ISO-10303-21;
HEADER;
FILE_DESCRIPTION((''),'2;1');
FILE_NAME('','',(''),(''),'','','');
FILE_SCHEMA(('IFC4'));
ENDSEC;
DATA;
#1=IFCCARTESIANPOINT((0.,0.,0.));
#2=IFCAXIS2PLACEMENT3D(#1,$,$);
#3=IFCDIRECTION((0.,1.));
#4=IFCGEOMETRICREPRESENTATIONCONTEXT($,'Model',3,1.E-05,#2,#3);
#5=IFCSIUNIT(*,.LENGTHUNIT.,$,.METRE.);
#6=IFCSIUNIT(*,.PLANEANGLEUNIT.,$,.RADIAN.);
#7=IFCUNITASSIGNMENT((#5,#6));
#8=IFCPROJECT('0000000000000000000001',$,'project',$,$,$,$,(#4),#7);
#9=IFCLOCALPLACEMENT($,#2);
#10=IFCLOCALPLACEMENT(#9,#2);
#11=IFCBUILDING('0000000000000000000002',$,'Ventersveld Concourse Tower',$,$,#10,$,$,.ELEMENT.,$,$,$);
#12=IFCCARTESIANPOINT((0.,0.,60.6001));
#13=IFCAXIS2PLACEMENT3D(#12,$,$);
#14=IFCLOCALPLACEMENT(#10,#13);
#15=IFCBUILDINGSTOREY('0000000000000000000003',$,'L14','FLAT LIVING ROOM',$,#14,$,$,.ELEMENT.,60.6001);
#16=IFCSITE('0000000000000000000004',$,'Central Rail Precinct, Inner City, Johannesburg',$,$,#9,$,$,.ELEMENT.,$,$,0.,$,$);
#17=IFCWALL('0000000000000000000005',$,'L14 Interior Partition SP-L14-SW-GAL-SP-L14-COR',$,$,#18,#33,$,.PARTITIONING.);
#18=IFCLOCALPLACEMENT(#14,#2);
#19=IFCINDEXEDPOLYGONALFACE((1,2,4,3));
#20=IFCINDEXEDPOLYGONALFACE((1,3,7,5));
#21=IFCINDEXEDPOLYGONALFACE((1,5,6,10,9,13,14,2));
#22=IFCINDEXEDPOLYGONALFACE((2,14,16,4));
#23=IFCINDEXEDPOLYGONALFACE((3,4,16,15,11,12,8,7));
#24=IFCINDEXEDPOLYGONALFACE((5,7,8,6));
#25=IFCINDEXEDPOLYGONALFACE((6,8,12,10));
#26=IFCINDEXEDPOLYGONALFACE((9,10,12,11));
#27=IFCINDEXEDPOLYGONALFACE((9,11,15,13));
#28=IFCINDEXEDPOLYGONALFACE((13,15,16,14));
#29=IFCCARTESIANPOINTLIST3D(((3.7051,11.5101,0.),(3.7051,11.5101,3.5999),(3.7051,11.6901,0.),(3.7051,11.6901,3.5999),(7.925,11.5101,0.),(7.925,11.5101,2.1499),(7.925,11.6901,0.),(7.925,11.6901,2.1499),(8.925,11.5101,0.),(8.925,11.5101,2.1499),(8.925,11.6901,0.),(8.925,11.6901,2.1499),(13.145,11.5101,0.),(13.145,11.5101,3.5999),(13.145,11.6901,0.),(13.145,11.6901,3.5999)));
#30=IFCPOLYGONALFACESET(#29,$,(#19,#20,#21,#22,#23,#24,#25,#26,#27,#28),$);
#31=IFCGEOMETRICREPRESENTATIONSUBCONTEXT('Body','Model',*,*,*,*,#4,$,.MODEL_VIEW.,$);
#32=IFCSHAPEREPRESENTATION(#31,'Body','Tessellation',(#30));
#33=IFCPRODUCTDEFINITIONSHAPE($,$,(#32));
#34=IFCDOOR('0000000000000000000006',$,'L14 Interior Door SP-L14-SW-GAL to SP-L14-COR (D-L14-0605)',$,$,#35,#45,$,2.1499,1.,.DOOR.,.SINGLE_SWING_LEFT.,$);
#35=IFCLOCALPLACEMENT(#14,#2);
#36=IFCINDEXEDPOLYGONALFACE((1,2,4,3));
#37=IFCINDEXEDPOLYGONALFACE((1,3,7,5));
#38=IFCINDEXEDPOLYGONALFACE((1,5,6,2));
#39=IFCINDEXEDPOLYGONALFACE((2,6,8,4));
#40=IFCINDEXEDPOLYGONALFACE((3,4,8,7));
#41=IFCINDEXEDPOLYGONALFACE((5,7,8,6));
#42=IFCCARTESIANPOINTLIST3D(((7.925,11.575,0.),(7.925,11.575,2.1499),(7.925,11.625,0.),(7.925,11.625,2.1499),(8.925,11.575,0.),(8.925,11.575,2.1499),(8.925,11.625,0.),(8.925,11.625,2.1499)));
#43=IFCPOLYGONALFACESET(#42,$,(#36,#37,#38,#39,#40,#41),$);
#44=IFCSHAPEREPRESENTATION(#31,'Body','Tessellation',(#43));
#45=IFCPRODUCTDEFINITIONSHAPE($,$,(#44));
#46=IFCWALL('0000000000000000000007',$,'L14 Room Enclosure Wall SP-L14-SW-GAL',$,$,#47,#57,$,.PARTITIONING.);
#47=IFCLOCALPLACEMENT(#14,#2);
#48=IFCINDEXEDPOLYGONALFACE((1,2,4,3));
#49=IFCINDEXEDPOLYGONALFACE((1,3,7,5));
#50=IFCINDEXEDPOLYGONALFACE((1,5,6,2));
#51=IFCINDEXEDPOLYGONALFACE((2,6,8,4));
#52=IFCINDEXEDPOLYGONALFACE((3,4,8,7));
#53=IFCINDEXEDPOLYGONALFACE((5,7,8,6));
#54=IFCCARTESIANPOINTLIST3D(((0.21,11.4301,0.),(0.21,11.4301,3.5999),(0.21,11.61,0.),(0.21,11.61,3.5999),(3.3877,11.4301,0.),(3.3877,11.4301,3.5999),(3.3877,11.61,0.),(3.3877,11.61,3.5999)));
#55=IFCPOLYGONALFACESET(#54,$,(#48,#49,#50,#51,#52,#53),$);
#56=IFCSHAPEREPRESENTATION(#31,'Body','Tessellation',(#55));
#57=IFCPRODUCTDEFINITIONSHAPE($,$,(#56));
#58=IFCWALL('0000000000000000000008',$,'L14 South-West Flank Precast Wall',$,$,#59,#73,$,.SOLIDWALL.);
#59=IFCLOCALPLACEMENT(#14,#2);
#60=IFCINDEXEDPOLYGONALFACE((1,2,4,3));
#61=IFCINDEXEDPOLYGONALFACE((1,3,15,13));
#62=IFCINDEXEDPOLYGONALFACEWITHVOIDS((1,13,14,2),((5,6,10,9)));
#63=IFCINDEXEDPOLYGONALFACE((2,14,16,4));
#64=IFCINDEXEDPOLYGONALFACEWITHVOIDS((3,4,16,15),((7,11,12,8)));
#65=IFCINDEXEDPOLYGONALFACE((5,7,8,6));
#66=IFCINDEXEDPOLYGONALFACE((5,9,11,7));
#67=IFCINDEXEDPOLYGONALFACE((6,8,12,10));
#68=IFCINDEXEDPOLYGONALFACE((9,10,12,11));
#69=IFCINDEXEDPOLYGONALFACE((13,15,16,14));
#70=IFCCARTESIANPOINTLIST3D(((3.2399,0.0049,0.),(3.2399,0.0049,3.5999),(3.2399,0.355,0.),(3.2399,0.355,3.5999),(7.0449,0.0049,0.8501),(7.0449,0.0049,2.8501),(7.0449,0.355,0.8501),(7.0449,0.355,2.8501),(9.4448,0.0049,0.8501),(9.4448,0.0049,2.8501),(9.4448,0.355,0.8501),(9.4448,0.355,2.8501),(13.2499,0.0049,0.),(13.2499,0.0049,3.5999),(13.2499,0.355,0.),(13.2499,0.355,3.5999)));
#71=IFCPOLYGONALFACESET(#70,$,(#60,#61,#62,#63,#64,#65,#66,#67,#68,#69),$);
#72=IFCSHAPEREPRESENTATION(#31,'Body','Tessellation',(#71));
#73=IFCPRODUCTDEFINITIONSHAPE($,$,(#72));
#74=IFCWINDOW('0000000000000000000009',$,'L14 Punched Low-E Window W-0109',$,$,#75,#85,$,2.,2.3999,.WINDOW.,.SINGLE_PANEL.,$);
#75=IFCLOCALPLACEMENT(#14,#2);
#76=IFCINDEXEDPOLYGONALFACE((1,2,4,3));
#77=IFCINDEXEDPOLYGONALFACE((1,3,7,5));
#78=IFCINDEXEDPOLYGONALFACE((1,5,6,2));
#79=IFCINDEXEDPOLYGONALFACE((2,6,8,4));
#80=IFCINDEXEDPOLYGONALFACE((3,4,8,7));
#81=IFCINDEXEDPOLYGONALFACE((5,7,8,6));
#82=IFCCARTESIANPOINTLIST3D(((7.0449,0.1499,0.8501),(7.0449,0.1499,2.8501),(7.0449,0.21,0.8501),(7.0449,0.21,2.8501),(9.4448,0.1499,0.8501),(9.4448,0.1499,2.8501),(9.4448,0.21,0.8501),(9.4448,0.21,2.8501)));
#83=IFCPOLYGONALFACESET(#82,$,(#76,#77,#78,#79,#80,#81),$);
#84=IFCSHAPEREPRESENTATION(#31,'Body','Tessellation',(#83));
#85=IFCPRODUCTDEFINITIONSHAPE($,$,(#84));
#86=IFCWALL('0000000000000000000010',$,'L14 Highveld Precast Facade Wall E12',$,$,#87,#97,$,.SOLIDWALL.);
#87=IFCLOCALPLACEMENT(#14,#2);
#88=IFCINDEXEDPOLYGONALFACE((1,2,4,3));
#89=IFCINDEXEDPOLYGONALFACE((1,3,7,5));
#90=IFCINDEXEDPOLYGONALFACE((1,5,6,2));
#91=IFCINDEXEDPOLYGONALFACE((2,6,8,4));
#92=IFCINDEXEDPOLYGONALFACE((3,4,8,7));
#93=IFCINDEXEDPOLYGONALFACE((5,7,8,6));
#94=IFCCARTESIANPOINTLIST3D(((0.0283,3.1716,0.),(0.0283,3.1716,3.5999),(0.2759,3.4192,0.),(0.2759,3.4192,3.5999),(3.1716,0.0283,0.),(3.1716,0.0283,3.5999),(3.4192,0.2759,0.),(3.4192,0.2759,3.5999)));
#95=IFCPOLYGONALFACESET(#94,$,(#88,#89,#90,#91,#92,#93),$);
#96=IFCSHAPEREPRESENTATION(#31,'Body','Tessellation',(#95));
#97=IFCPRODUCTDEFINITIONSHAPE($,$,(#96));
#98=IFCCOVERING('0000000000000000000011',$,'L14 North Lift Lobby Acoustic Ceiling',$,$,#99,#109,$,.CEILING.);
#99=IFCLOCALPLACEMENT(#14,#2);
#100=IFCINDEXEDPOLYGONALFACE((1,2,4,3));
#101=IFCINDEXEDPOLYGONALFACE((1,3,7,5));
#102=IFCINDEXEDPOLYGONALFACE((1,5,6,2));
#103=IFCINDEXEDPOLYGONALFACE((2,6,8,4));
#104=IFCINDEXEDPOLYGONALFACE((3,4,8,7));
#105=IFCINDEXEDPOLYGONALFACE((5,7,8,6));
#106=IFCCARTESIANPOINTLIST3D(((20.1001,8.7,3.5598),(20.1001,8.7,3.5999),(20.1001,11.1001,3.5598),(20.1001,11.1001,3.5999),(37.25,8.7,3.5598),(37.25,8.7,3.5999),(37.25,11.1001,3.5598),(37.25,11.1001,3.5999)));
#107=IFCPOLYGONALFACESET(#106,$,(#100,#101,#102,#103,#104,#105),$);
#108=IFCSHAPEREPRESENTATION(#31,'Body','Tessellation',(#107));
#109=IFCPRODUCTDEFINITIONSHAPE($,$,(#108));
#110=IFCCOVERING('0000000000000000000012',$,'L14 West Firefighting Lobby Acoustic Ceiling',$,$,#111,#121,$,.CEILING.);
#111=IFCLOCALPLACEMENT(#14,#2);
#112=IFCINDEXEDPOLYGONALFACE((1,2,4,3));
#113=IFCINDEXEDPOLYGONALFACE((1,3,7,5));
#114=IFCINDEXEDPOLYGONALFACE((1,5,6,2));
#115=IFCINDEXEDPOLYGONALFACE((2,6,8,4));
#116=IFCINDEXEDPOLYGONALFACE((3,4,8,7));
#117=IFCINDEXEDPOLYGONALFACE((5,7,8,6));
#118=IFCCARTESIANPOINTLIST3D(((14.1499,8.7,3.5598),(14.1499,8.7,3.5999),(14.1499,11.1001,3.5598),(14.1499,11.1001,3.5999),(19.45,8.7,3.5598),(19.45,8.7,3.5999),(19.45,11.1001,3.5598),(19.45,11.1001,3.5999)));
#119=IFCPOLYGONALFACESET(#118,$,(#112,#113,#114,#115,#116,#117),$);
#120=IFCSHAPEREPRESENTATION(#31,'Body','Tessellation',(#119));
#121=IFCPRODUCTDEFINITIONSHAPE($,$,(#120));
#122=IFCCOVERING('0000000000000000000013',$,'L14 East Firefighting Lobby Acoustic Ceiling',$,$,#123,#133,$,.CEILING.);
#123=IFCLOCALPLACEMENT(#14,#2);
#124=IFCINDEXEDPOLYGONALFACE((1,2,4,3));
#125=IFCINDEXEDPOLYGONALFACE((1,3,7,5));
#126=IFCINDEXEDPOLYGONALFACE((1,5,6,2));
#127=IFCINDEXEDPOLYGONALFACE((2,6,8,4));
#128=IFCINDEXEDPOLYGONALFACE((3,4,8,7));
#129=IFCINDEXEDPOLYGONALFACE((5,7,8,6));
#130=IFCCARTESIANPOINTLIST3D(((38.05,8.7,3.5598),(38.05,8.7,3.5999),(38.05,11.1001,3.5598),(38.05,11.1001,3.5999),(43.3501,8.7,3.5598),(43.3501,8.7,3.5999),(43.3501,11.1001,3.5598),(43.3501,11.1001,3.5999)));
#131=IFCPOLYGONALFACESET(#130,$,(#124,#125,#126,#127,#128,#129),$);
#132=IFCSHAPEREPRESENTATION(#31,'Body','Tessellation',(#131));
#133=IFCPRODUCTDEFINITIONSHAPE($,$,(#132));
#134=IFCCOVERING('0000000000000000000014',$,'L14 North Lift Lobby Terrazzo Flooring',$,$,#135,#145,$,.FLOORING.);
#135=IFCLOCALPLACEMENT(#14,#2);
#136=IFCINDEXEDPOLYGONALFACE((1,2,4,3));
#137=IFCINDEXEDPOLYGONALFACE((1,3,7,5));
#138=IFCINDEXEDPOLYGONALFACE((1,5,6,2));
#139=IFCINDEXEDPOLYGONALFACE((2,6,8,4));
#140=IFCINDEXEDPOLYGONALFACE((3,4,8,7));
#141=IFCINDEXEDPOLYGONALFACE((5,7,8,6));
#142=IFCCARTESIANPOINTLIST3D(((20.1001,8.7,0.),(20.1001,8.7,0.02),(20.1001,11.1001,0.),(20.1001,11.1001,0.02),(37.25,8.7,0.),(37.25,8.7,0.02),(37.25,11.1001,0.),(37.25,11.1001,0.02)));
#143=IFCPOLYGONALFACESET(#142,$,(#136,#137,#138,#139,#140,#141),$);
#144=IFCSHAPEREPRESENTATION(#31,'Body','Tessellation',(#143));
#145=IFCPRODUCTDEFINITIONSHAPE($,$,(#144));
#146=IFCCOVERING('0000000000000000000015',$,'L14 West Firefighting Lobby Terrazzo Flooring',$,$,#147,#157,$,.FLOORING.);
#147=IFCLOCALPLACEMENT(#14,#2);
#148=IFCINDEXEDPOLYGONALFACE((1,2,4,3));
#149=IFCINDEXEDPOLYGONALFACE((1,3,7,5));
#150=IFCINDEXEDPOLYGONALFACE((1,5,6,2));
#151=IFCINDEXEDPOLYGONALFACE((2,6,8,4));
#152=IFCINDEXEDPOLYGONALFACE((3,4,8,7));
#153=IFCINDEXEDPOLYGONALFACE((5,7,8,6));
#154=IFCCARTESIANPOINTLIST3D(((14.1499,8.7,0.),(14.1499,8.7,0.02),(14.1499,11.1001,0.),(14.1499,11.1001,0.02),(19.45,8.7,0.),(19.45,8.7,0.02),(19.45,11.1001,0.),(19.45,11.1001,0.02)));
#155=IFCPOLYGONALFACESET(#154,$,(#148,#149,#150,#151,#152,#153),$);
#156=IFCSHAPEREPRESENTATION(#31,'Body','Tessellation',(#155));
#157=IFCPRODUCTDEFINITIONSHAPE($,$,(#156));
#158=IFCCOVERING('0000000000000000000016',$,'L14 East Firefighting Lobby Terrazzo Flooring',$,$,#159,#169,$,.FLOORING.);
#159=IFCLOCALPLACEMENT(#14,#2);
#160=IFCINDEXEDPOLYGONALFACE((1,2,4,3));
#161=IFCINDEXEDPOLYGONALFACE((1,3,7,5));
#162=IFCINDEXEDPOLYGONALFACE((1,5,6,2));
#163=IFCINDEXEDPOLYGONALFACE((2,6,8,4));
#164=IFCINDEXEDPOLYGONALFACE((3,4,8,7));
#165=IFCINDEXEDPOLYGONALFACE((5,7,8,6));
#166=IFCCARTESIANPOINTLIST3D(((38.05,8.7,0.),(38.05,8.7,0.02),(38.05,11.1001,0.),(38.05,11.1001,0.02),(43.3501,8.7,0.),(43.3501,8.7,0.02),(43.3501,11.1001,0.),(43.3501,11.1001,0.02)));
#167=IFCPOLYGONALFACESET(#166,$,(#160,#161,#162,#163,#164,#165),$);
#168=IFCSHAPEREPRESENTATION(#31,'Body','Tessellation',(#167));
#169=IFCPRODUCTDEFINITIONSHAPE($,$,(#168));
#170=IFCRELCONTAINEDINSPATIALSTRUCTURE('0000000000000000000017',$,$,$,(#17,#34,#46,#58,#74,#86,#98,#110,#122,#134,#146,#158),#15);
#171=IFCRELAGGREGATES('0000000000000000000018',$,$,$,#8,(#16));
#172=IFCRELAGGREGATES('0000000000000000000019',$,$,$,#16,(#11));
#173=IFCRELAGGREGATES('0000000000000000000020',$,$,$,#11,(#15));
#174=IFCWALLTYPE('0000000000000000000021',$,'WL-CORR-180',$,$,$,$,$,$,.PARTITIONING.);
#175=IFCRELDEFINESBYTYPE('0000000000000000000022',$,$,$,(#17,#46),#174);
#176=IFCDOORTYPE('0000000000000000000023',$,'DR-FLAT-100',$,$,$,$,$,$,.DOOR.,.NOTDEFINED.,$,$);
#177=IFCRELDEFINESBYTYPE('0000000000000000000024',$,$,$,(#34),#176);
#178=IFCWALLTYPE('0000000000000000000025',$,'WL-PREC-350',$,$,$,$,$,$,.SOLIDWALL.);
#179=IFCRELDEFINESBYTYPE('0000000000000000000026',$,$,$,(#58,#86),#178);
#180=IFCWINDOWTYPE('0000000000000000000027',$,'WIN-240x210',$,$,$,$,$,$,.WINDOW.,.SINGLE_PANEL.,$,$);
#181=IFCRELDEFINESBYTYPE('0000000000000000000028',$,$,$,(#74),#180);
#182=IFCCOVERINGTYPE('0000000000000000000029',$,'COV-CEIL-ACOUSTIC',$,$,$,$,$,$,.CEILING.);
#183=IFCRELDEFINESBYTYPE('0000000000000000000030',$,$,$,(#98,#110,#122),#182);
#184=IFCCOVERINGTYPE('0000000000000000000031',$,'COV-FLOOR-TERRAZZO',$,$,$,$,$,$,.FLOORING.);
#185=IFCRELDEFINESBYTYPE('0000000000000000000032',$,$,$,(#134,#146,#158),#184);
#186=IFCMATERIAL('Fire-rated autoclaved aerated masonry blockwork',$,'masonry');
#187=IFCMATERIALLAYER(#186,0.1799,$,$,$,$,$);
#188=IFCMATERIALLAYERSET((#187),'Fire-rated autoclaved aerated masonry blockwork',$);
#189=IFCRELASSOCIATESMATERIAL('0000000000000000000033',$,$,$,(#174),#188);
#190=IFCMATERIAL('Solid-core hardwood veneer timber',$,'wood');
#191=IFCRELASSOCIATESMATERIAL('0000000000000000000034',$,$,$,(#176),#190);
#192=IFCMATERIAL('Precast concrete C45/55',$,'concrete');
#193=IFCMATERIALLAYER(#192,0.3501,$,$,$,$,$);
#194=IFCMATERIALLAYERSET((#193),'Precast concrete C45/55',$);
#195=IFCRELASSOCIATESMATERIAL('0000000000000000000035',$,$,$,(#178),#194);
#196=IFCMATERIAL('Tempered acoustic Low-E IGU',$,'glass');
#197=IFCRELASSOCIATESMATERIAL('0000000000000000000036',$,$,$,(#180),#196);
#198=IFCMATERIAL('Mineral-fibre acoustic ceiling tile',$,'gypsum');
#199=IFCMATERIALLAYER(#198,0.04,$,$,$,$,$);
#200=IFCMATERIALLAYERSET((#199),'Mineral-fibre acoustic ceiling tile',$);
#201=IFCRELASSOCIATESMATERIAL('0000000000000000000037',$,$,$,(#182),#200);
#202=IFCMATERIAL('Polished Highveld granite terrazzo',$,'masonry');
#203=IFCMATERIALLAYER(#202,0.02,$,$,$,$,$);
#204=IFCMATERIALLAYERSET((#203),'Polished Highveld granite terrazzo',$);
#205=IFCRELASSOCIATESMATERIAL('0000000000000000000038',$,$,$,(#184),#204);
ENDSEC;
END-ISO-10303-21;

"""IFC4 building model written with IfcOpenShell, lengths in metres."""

from ifc_helpers import new_model, si_unit, direction, frame, frame_2d, origin, place, context, subcontext, project, spatial, polyline, rectangle, outline, extrude, material, layer, layer_set, type_object, element, fill, save


model = new_model("IFC4")

# Units and contexts
model_context = context("Model", 3, precision=1e-05, world=origin(), true_north=direction((0.0, 1.0)))
body_context = subcontext(model_context, "Body", "Model", "MODEL_VIEW")
ifc_project = project(units=[si_unit("LENGTHUNIT", "METRE"), si_unit("PLANEANGLEUNIT", "RADIAN")], contexts=[model_context])

# Site, building, storey
site_placement = place(None, origin())
site = spatial("IfcSite", under=ifc_project, at=site_placement, Name="Central Rail Precinct, Inner City, Johannesburg", CompositionType="ELEMENT", RefElevation=0.0)
building_placement = place(site_placement, origin())
building = spatial("IfcBuilding", under=site, at=building_placement, Name="Ventersveld Concourse Tower", CompositionType="ELEMENT")
storey_placement = place(building_placement, frame((0.0, 0.0, 60.6001)))
storey = spatial("IfcBuildingStorey", under=building, at=storey_placement, Name="L14", Description="FLAT LIVING ROOM", CompositionType="ELEMENT", Elevation=60.6001)

# Wall, opening, door
ifc_material_1 = material(Name="Fire-rated autoclaved aerated masonry blockwork", Category="masonry")
ifc_layer_1 = layer(ifc_material_1, 0.1799)
ifc_layer_set_1 = layer_set([ifc_layer_1], Name="Fire-rated autoclaved aerated masonry blockwork")
wall_type_1 = type_object("IfcWallType", Name="WL-CORR-180", PredefinedType="PARTITIONING", material=ifc_layer_set_1)
wall_1_placement = place(storey_placement, frame((3.7051, 11.6001, 0.0), z_axis=(0.0, 0.0, 1.0), x_axis=(1.0, 0.0, 0.0)))
wall_1 = element("IfcWall", 1, at=wall_1_placement, inside=storey, type_object=wall_type_1, Name="L14 Interior Partition SP-L14-SW-GAL-SP-L14-COR", PredefinedType="PARTITIONING", context=body_context, shape_type="SweptSolid", body=[
    extrude(rectangle(XDim=9.4399, YDim=0.1799, at=frame_2d((4.72, 0.0))), origin(), (0.0, 0.0, 1.0), 3.5999),
])
opening_1_placement = place(wall_1_placement, frame((4.22, 0.0, 0.0)))
opening_1 = element("IfcOpeningElement", 2, at=opening_1_placement, cuts=wall_1, PredefinedType="OPENING", context=body_context, shape_type="SweptSolid", body=[
    extrude(rectangle(XDim=1.0, YDim=2.1499, at=frame_2d((0.5, 1.075))), frame((0.0, 0.1001, 0.0), z_axis=(0.0, -1.0, 0.0), x_axis=(1.0, 0.0, 0.0)), (0.0, 0.0, 1.0), 0.2),
])
ifc_material_2 = material(Name="Solid-core hardwood veneer timber", Category="wood")
door_type = type_object("IfcDoorType", Name="DR-FLAT-100", OperationType="NOTDEFINED", PredefinedType="DOOR", material=ifc_material_2)
door_placement = place(opening_1_placement, origin())
door = element("IfcDoor", 3, at=door_placement, inside=storey, type_object=door_type, Name="L14 Interior Door SP-L14-SW-GAL to SP-L14-COR (D-L14-0605)", OperationType="SINGLE_SWING_LEFT", OverallHeight=2.1499, OverallWidth=1.0, PredefinedType="DOOR", context=body_context, shape_type="SweptSolid", body=[
    extrude(rectangle(XDim=1.0, YDim=2.1499, at=frame_2d((0.5, 1.075))), frame((0.0, 0.0249, 0.0), z_axis=(0.0, -1.0, 0.0), x_axis=(1.0, 0.0, 0.0)), (0.0, 0.0, 1.0), 0.05),
])
fill(opening_1, door)

# Wall
wall_2_placement = place(storey_placement, frame((0.21, 11.52, 0.0), z_axis=(0.0, 0.0, 1.0), x_axis=(1.0, 0.0, 0.0)))
element("IfcWall", 4, at=wall_2_placement, inside=storey, type_object=wall_type_1, Name="L14 Room Enclosure Wall SP-L14-SW-GAL", PredefinedType="PARTITIONING", context=body_context, shape_type="SweptSolid", body=[
    extrude(rectangle(XDim=3.1777, YDim=0.1799, at=frame_2d((1.5889, 0.0))), origin(), (0.0, 0.0, 1.0), 3.5999),
])

# Wall, opening, window
ifc_material_3 = material(Name="Precast concrete C45/55", Category="concrete")
ifc_layer_2 = layer(ifc_material_3, 0.3501)
ifc_layer_set_2 = layer_set([ifc_layer_2], Name="Precast concrete C45/55")
wall_type_2 = type_object("IfcWallType", Name="WL-PREC-350", PredefinedType="SOLIDWALL", material=ifc_layer_set_2)
wall_3_placement = place(storey_placement, frame((3.24, 0.1799, 0.0), z_axis=(0.0, 0.0, 1.0), x_axis=(1.0, 0.0, 0.0)))
wall_3 = element("IfcWall", 5, at=wall_3_placement, inside=storey, type_object=wall_type_2, Name="L14 South-West Flank Precast Wall", PredefinedType="SOLIDWALL", context=body_context, shape_type="SweptSolid", body=[
    extrude(rectangle(XDim=10.01, YDim=0.3501, at=frame_2d((5.0049, 0.0))), origin(), (0.0, 0.0, 1.0), 3.5999),
])
opening_2_placement = place(wall_3_placement, frame((3.8049, 0.0, 0.8501)))
opening_2 = element("IfcOpeningElement", 6, at=opening_2_placement, cuts=wall_3, PredefinedType="OPENING", context=body_context, shape_type="SweptSolid", body=[
    extrude(rectangle(XDim=2.3999, YDim=2.0, at=frame_2d((1.2, 1.0))), frame((0.0, 0.1851, 0.0), z_axis=(0.0, -1.0, 0.0), x_axis=(1.0, 0.0, 0.0)), (0.0, 0.0, 1.0), 0.3701),
])
ifc_material_4 = material(Name="Tempered acoustic Low-E IGU", Category="glass")
window_type = type_object("IfcWindowType", Name="WIN-240x210", PartitioningType="SINGLE_PANEL", PredefinedType="WINDOW", material=ifc_material_4)
window_placement = place(opening_2_placement, origin())
window = element("IfcWindow", 7, at=window_placement, inside=storey, type_object=window_type, Name="L14 Punched Low-E Window W-0109", OverallHeight=2.0, OverallWidth=2.3999, PartitioningType="SINGLE_PANEL", PredefinedType="WINDOW", context=body_context, shape_type="SweptSolid", body=[
    extrude(rectangle(XDim=2.3999, YDim=2.0, at=frame_2d((1.2, 1.0))), frame((0.0, 0.03, 0.0), z_axis=(0.0, -1.0, 0.0), x_axis=(1.0, 0.0, 0.0)), (0.0, 0.0, 1.0), 0.0601),
])
fill(opening_2, window)

# Wall
wall_4_placement = place(storey_placement, frame((0.1521, 3.2954, 0.0), z_axis=(0.0, 0.0, 1.0), x_axis=(0.707107, -0.707107, 0.0)))
element("IfcWall", 8, at=wall_4_placement, inside=storey, type_object=wall_type_2, Name="L14 Highveld Precast Facade Wall E12", PredefinedType="SOLIDWALL", context=body_context, shape_type="SweptSolid", body=[
    extrude(rectangle(XDim=4.4453, YDim=0.3501, at=frame_2d((2.2227, 0.0))), origin(), (0.0, 0.0, 1.0), 3.5999),
])

# Coverings
ifc_material_5 = material(Name="Mineral-fibre acoustic ceiling tile", Category="gypsum")
ifc_layer_3 = layer(ifc_material_5, 0.04)
ifc_layer_set_3 = layer_set([ifc_layer_3], Name="Mineral-fibre acoustic ceiling tile")
covering_type_1 = type_object("IfcCoveringType", Name="COV-CEIL-ACOUSTIC", PredefinedType="CEILING", material=ifc_layer_set_3)
covering_1_placement = place(storey_placement, frame((0.0, 0.0, 3.5598)))
element("IfcCovering", 9, at=covering_1_placement, inside=storey, type_object=covering_type_1, Name="L14 North Lift Lobby Acoustic Ceiling", PredefinedType="CEILING", context=body_context, shape_type="SweptSolid", body=[
    extrude(outline(polyline([(20.1001, 8.7), (37.25, 8.7), (37.25, 11.1001), (20.1001, 11.1001), (20.1001, 8.7)])), origin(), (0.0, 0.0, 1.0), 0.04),
])
covering_2_placement = place(storey_placement, frame((0.0, 0.0, 3.5598)))
element("IfcCovering", 10, at=covering_2_placement, inside=storey, type_object=covering_type_1, Name="L14 West Firefighting Lobby Acoustic Ceiling", PredefinedType="CEILING", context=body_context, shape_type="SweptSolid", body=[
    extrude(outline(polyline([(14.1499, 8.7), (19.45, 8.7), (19.45, 11.1001), (14.1499, 11.1001), (14.1499, 8.7)])), origin(), (0.0, 0.0, 1.0), 0.04),
])
covering_3_placement = place(storey_placement, frame((0.0, 0.0, 3.5598)))
element("IfcCovering", 11, at=covering_3_placement, inside=storey, type_object=covering_type_1, Name="L14 East Firefighting Lobby Acoustic Ceiling", PredefinedType="CEILING", context=body_context, shape_type="SweptSolid", body=[
    extrude(outline(polyline([(38.05, 8.7), (43.3501, 8.7), (43.3501, 11.1001), (38.05, 11.1001), (38.05, 8.7)])), origin(), (0.0, 0.0, 1.0), 0.04),
])
ifc_material_6 = material(Name="Polished Highveld granite terrazzo", Category="masonry")
ifc_layer_4 = layer(ifc_material_6, 0.02)
ifc_layer_set_4 = layer_set([ifc_layer_4], Name="Polished Highveld granite terrazzo")
covering_type_2 = type_object("IfcCoveringType", Name="COV-FLOOR-TERRAZZO", PredefinedType="FLOORING", material=ifc_layer_set_4)
covering_4_placement = place(storey_placement, origin())
element("IfcCovering", 12, at=covering_4_placement, inside=storey, type_object=covering_type_2, Name="L14 North Lift Lobby Terrazzo Flooring", PredefinedType="FLOORING", context=body_context, shape_type="SweptSolid", body=[
    extrude(outline(polyline([(20.1001, 8.7), (37.25, 8.7), (37.25, 11.1001), (20.1001, 11.1001), (20.1001, 8.7)])), origin(), (0.0, 0.0, 1.0), 0.02),
])
covering_5_placement = place(storey_placement, origin())
element("IfcCovering", 13, at=covering_5_placement, inside=storey, type_object=covering_type_2, Name="L14 West Firefighting Lobby Terrazzo Flooring", PredefinedType="FLOORING", context=body_context, shape_type="SweptSolid", body=[
    extrude(outline(polyline([(14.1499, 8.7), (19.45, 8.7), (19.45, 11.1001), (14.1499, 11.1001), (14.1499, 8.7)])), origin(), (0.0, 0.0, 1.0), 0.02),
])
covering_6_placement = place(storey_placement, origin())
element("IfcCovering", 14, at=covering_6_placement, inside=storey, type_object=covering_type_2, Name="L14 East Firefighting Lobby Terrazzo Flooring", PredefinedType="FLOORING", context=body_context, shape_type="SweptSolid", body=[
    extrude(outline(polyline([(38.05, 8.7), (43.3501, 8.7), (43.3501, 11.1001), (38.05, 11.1001), (38.05, 8.7)])), origin(), (0.0, 0.0, 1.0), 0.02),
])

save(model, "model.ifc")
